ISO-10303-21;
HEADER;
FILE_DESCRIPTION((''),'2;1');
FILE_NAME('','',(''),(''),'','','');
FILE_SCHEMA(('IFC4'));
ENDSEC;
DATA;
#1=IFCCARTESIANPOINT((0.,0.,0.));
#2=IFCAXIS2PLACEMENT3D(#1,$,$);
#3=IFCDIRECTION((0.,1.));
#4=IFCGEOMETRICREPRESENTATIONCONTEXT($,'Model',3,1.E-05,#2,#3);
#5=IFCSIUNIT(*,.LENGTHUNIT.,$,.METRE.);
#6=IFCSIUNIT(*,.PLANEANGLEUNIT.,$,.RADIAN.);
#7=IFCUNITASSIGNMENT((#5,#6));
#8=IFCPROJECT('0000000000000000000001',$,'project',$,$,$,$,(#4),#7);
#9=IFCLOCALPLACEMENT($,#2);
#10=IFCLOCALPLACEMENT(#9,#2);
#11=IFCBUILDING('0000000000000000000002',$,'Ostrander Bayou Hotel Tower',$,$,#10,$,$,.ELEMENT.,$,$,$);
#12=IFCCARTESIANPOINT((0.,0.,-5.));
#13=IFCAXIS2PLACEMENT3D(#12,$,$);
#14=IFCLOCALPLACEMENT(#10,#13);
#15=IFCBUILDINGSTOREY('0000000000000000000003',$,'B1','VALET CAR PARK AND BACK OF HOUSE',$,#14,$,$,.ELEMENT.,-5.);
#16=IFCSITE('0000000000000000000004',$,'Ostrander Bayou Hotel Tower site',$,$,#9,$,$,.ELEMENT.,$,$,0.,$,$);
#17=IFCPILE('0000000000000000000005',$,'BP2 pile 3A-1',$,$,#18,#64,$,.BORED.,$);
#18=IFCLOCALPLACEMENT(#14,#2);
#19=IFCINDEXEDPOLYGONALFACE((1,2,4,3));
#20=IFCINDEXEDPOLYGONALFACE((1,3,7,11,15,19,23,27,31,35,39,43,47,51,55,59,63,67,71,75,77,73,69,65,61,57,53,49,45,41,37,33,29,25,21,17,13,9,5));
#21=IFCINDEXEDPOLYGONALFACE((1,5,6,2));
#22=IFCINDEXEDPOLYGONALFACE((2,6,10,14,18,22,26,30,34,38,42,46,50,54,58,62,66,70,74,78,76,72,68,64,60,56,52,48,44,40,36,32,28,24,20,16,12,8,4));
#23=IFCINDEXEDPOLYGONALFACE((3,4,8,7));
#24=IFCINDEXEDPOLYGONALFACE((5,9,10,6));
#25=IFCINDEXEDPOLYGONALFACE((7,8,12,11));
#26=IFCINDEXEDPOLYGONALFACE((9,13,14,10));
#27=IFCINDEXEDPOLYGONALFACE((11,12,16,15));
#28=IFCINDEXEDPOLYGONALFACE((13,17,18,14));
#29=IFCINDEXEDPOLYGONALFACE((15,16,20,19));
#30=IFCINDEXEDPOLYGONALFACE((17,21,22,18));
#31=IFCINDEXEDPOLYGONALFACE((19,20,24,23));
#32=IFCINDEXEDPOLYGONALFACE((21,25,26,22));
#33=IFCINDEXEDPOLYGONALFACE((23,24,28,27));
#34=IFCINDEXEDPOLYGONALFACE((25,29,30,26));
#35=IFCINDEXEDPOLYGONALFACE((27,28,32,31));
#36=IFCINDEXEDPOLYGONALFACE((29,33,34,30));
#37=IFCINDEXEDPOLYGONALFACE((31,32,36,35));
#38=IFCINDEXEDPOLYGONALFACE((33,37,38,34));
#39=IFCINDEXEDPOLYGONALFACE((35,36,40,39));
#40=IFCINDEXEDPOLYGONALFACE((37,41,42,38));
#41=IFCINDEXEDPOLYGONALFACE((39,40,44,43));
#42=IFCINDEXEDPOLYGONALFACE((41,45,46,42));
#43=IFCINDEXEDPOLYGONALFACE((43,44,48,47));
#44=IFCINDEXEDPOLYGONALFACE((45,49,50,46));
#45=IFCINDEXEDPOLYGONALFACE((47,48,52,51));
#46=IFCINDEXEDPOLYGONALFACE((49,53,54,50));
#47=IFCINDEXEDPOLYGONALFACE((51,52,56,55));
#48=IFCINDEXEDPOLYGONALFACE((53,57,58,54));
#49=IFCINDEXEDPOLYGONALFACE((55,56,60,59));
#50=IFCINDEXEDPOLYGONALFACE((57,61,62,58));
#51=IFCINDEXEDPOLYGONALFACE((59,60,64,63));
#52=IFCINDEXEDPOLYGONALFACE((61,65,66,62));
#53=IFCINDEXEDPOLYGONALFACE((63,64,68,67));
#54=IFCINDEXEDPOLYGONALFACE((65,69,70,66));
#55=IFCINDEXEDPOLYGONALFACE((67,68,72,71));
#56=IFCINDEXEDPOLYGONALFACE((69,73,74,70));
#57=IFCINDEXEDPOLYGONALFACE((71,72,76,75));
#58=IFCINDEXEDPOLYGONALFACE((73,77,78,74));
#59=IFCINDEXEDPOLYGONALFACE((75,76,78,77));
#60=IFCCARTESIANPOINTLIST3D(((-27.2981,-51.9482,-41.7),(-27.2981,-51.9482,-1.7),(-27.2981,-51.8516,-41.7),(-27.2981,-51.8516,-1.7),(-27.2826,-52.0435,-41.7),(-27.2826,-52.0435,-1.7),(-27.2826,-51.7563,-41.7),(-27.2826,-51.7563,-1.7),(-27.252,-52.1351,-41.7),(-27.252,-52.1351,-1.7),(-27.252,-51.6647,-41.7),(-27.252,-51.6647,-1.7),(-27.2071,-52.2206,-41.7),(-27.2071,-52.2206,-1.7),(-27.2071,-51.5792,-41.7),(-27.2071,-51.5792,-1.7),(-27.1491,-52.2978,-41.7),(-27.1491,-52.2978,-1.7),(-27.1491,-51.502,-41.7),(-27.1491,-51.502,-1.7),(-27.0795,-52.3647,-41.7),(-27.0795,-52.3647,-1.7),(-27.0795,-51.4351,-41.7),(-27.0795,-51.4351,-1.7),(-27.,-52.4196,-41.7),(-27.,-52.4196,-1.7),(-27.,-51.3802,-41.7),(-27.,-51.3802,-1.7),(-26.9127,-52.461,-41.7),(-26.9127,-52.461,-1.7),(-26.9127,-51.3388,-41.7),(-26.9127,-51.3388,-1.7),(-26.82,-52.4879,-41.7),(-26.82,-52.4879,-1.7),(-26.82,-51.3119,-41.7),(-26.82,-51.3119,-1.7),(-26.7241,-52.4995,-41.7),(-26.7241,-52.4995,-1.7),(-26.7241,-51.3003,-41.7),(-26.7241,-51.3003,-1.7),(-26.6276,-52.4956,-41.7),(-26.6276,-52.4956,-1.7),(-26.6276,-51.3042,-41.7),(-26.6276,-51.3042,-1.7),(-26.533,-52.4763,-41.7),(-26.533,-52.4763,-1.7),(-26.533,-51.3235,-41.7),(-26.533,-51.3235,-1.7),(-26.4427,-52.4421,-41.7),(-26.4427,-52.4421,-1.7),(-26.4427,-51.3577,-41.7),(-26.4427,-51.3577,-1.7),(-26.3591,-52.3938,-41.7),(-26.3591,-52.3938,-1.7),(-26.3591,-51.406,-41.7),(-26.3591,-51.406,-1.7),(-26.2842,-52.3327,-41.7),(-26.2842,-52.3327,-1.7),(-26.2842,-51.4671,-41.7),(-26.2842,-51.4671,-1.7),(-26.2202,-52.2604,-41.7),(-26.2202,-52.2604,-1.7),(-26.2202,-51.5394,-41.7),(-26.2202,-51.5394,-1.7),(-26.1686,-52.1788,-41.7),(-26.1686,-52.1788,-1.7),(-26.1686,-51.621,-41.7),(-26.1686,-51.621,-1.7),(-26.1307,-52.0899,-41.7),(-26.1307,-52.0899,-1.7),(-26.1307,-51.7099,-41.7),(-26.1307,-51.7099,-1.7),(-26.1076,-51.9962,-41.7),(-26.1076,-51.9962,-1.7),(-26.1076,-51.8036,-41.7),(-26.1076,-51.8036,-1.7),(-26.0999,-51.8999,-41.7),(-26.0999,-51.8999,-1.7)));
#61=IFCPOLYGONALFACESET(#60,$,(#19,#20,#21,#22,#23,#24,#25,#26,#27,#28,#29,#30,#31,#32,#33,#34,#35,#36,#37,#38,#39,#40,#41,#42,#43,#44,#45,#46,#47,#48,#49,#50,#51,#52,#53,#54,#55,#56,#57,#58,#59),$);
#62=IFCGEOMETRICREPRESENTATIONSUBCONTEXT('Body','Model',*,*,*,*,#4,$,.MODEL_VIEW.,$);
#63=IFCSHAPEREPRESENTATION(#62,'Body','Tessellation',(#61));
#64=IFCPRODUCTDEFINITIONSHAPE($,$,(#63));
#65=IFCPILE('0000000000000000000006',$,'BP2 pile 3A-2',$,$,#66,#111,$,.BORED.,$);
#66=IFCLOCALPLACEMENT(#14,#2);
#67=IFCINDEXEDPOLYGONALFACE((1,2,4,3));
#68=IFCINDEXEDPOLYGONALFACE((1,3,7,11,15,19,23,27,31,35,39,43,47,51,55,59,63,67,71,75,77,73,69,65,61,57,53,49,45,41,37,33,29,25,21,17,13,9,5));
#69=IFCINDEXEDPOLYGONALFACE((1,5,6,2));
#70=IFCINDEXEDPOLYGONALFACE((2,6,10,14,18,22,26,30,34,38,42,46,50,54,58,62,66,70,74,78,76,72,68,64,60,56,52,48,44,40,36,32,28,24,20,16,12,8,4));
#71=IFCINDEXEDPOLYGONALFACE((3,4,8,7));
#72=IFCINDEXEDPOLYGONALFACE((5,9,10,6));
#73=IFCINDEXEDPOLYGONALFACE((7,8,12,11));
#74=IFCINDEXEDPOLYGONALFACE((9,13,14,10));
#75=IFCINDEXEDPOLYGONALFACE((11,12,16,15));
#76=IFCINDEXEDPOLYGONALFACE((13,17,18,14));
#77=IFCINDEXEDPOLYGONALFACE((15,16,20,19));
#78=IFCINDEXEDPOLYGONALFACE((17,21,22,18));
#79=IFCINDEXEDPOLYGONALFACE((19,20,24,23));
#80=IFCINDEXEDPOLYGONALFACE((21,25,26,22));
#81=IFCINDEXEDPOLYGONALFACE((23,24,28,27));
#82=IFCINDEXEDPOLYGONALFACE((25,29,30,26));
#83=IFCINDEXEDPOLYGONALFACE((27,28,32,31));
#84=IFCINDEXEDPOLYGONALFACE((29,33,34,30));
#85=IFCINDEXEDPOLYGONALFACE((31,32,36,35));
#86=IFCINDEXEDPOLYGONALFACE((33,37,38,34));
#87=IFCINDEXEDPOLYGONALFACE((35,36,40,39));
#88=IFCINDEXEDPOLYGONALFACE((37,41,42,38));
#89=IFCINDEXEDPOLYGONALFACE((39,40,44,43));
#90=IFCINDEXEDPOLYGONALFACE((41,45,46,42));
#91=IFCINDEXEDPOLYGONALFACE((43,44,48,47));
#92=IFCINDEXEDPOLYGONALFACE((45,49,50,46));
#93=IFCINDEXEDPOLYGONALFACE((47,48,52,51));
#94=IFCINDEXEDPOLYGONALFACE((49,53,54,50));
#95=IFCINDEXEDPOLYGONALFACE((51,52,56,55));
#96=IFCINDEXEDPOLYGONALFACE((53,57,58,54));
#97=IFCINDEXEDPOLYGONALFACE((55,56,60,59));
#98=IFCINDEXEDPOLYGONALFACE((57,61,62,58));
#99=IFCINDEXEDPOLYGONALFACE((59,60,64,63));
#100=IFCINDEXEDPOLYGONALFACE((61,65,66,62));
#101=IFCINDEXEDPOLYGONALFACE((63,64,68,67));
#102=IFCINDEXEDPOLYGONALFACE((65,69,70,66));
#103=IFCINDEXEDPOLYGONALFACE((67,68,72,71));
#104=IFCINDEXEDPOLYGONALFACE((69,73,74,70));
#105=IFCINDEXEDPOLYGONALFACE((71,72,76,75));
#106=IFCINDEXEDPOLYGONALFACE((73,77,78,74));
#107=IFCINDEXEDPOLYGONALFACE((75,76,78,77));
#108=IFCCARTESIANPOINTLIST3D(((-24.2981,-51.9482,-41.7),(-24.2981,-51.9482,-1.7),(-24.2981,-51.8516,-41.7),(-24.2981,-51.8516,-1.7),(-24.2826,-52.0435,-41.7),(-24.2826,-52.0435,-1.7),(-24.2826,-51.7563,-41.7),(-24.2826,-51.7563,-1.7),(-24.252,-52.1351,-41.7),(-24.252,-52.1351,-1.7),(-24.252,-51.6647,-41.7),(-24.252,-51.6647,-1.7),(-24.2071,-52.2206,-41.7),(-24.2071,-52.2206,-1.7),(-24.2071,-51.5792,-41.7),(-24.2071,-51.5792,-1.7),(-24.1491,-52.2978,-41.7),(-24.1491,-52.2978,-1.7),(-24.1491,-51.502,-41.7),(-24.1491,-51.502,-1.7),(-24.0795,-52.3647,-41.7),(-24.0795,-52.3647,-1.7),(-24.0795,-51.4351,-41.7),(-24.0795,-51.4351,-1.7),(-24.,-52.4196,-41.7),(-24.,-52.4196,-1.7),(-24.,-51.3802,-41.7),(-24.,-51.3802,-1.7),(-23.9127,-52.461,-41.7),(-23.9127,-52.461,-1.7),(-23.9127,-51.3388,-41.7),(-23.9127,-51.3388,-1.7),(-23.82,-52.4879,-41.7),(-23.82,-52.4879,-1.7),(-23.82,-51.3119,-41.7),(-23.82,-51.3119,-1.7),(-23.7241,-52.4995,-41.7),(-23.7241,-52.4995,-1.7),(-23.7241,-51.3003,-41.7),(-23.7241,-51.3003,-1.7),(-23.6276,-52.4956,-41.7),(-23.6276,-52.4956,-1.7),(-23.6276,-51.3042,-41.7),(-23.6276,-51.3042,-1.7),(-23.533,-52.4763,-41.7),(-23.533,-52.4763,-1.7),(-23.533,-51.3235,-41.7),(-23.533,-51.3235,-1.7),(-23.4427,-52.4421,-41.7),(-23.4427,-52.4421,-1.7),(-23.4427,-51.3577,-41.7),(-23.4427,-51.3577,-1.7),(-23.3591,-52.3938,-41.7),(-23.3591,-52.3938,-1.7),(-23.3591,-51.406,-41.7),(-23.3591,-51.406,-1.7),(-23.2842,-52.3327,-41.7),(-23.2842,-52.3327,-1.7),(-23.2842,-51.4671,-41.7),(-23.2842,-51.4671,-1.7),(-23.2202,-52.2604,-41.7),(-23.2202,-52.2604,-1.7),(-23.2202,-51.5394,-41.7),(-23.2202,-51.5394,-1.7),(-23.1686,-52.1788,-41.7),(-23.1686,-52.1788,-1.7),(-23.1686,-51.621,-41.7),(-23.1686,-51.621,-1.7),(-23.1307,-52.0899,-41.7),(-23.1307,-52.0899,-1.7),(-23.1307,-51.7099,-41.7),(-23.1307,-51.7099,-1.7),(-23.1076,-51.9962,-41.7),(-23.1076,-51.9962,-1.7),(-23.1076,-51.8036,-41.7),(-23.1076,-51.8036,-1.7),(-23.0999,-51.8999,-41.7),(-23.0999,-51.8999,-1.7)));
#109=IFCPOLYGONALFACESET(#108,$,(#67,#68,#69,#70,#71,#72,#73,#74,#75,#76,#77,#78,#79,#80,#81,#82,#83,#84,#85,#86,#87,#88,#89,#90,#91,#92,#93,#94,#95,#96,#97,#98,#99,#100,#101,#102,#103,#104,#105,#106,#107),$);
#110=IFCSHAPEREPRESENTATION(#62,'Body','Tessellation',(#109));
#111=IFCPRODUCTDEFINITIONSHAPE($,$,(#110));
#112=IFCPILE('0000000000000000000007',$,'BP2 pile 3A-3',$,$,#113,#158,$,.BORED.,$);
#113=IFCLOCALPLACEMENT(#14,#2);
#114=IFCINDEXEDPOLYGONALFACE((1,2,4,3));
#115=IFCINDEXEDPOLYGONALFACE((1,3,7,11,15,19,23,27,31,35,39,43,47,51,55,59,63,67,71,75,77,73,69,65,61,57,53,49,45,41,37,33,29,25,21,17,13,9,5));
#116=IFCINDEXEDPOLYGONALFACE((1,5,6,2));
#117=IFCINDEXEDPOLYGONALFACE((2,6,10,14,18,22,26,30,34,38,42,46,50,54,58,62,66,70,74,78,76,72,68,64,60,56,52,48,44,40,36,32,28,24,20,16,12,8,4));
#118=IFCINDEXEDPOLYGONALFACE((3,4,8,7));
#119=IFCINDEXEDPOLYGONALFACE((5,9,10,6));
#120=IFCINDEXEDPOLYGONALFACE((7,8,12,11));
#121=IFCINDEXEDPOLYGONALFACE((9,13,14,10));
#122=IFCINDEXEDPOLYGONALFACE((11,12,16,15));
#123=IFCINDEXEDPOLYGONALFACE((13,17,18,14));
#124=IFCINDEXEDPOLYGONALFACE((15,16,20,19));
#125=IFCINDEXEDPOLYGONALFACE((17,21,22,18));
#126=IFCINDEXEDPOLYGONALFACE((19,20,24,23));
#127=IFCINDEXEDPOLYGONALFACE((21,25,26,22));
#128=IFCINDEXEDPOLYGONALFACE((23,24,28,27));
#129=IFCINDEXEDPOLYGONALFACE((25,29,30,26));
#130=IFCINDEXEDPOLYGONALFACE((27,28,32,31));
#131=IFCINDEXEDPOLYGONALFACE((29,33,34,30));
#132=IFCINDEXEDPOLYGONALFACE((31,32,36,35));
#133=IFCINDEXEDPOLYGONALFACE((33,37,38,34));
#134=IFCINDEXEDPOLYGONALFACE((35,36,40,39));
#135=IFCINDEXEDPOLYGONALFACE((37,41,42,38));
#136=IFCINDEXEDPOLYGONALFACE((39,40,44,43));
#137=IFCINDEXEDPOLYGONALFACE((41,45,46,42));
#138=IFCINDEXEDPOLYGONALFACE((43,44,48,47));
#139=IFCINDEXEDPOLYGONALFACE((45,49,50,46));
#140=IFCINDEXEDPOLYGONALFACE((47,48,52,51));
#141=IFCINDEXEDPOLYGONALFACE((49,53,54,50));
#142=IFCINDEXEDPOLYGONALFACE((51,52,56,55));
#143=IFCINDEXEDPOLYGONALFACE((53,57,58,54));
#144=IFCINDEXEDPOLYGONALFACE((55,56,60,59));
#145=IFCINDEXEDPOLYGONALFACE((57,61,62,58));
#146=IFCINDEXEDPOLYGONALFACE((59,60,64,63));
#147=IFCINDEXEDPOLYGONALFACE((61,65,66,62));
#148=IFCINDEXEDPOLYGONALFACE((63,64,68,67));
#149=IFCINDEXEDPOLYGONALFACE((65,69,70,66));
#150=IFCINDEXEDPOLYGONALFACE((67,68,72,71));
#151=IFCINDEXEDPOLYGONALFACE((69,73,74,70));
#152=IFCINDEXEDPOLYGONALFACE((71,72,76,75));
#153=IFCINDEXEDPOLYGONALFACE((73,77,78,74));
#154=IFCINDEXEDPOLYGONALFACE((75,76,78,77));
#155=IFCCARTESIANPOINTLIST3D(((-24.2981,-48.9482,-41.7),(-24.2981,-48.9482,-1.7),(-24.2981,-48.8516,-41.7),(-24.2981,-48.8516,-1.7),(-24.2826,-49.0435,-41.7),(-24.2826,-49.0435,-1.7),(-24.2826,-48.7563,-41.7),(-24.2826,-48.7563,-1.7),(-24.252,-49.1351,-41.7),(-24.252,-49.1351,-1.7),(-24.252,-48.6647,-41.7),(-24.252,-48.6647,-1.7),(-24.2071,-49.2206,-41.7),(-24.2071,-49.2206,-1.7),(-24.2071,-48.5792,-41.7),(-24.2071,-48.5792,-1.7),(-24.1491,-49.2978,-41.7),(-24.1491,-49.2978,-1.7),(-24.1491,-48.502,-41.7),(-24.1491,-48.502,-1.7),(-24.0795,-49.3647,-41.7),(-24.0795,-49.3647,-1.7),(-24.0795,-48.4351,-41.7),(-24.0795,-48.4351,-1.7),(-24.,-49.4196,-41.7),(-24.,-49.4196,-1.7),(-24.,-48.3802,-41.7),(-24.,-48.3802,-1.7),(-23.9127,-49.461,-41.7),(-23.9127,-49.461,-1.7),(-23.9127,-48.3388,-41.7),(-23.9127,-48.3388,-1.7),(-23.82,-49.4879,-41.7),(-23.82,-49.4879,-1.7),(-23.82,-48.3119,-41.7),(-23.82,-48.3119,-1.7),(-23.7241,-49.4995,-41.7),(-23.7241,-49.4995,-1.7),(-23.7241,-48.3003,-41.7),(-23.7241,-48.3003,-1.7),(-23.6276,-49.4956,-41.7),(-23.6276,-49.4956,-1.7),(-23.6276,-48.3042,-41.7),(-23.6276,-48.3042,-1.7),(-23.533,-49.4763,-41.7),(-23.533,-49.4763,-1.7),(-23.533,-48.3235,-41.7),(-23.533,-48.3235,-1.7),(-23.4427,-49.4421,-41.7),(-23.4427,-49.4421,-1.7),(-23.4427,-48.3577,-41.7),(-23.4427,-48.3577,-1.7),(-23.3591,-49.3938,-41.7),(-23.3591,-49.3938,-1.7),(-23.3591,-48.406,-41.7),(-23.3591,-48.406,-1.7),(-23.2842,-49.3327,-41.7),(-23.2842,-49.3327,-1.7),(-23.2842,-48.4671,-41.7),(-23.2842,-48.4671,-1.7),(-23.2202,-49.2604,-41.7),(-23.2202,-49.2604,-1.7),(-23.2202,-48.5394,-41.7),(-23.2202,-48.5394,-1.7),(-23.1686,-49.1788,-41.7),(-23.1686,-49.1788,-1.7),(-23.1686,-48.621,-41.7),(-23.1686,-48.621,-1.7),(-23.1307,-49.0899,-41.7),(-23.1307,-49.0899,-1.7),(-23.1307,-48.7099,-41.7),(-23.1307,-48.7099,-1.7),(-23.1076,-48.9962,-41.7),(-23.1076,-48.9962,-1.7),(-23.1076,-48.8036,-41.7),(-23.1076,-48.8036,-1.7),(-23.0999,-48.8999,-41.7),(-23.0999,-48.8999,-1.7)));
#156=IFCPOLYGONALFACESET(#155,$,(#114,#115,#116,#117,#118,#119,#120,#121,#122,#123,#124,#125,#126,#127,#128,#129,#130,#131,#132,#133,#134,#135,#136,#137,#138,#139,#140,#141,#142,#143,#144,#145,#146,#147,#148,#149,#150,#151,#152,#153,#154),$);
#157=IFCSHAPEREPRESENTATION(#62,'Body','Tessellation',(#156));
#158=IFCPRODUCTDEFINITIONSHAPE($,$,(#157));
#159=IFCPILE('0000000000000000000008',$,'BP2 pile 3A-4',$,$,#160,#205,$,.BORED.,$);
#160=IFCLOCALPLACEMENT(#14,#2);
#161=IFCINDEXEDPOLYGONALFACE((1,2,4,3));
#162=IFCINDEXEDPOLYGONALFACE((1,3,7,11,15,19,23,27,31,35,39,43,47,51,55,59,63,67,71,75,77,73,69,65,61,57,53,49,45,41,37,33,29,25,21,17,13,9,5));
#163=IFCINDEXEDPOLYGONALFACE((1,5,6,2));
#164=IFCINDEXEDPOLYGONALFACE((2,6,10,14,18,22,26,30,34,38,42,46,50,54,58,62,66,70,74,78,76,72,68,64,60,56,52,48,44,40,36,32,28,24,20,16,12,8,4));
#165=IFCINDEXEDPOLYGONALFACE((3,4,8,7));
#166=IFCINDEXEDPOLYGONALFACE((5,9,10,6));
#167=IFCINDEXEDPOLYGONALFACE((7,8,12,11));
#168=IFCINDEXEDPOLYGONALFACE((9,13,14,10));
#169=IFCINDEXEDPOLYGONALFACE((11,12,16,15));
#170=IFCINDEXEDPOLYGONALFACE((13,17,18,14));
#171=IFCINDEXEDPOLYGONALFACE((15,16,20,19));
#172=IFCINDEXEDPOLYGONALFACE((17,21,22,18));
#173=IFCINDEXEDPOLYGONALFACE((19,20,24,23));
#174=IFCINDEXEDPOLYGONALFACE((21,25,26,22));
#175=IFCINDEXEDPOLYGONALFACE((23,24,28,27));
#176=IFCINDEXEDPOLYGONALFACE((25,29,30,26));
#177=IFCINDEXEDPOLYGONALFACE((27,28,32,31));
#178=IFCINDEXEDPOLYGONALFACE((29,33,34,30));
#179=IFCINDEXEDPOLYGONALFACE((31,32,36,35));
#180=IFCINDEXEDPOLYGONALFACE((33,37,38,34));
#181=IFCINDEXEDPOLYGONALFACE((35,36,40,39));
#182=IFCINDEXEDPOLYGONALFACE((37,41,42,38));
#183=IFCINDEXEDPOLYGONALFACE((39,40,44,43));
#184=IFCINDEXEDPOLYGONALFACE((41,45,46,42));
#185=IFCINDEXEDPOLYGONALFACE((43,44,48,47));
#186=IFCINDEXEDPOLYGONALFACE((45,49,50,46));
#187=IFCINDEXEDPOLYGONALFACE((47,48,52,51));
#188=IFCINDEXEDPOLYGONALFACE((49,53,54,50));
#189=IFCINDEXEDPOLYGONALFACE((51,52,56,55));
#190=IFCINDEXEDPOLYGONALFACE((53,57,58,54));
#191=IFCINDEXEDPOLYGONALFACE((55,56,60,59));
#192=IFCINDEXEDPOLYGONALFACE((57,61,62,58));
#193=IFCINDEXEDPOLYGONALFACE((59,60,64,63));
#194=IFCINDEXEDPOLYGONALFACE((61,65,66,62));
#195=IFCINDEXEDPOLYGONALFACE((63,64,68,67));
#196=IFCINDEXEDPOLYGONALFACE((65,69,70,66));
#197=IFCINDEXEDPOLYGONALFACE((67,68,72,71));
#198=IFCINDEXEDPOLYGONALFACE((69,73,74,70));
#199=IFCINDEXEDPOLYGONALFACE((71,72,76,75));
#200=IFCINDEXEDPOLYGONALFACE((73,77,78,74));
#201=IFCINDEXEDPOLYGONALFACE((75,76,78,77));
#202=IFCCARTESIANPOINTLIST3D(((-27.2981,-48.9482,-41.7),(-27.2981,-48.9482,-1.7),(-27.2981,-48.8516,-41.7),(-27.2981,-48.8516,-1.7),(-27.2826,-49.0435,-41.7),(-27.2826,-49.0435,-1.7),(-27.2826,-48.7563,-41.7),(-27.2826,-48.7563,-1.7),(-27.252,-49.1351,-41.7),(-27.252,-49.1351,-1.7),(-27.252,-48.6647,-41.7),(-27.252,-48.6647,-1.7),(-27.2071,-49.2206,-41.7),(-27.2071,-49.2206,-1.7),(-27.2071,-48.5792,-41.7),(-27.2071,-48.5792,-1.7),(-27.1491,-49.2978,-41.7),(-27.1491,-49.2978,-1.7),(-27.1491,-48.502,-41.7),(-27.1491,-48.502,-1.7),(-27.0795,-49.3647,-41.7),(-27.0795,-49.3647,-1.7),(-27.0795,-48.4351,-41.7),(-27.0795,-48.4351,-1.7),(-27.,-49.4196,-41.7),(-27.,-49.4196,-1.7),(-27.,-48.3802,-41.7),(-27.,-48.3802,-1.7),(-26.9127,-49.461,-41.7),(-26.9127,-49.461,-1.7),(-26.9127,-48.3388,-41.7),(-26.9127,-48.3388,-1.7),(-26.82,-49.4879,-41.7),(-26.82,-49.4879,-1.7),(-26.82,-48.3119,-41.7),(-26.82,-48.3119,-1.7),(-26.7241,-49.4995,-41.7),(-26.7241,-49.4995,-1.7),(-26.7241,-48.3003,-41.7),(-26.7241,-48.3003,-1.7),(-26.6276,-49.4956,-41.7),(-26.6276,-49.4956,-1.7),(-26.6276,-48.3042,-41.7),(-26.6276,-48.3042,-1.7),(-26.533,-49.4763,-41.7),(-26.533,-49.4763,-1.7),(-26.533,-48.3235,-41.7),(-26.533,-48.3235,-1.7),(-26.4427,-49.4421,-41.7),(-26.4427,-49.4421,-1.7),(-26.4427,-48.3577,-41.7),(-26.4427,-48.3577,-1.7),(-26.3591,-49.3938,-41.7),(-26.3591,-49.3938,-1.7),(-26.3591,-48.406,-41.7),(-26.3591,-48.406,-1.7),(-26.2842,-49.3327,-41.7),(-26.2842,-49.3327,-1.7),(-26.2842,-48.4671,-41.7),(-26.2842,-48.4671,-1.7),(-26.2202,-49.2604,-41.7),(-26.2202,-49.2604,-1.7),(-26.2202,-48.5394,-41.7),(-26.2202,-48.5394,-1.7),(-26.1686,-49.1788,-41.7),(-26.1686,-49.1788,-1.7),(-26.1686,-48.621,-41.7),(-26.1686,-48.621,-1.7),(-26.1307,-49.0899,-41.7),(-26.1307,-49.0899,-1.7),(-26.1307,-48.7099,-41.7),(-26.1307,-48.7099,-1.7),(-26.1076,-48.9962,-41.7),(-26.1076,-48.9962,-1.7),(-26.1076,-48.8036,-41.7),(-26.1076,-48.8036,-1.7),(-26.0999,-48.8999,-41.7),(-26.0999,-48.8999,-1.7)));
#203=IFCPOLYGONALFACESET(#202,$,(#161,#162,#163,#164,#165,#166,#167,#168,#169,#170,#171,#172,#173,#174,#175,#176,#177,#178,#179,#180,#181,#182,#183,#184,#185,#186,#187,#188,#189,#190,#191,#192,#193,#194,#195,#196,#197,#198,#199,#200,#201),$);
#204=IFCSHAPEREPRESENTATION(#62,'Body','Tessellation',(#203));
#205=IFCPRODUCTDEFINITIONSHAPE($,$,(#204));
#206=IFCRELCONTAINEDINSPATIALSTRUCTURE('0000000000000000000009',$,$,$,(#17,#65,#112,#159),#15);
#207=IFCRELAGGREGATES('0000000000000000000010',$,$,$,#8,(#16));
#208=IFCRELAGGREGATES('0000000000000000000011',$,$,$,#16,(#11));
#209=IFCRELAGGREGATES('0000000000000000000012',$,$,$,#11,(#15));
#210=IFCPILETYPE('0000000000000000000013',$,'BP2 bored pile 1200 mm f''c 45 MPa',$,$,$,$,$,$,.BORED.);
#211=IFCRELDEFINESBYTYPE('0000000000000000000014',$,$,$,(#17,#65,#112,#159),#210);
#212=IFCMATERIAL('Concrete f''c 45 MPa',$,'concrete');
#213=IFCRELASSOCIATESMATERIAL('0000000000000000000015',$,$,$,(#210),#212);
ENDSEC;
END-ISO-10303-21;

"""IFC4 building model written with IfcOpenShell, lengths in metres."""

from ifc_helpers import new_model, si_unit, direction, frame, origin, origin_2d, place, context, subcontext, project, spatial, circle, extrude, material, material_profile, profile_set, type_object, element, save


model = new_model("IFC4")

# Units and contexts
model_context = context("Model", 3, precision=1e-05, world=origin(), true_north=direction((0.0, 1.0)))
body_context = subcontext(model_context, "Body", "Model", "MODEL_VIEW")
ifc_project = project(units=[si_unit("LENGTHUNIT", "METRE"), si_unit("PLANEANGLEUNIT", "RADIAN")], contexts=[model_context])

# Site, building, storey
site_placement = place(None, origin())
site = spatial("IfcSite", under=ifc_project, at=site_placement, Name="Ostrander Bayou Hotel Tower site", CompositionType="ELEMENT", RefElevation=0.0)
building_placement = place(site_placement, origin())
building = spatial("IfcBuilding", under=site, at=building_placement, Name="Ostrander Bayou Hotel Tower", CompositionType="ELEMENT")
storey_placement = place(building_placement, frame((0.0, 0.0, -5.0)))
storey = spatial("IfcBuildingStorey", under=building, at=storey_placement, Name="B1", Description="VALET CAR PARK AND BACK OF HOUSE", CompositionType="ELEMENT", Elevation=-5.0)

# Piles
ifc_material_1 = material(Name="Concrete f'c 45 MPa", Category="concrete")
ifc_material_profile_1 = material_profile(ifc_material_1, circle(Radius=0.6001, at=origin_2d()))
ifc_profile_set_1 = profile_set([ifc_material_profile_1], Name="Concrete f'c 45 MPa")
pile_type = type_object("IfcPileType", Name="BP2 bored pile 1200 mm f'c 45 MPa", PredefinedType="BORED", material=ifc_profile_set_1)
for number, where, z_axis, x_axis, name in (
    (1, (-26.7, -51.8999, -1.7), (0.0, 0.0, -1.0), (1.0, 0.0, 0.0), "BP2 pile 3A-1"),
    (2, (-23.7, -51.8999, -1.7), (0.0, 0.0, -1.0), (1.0, 0.0, 0.0), "BP2 pile 3A-2"),
    (3, (-23.7, -48.8999, -1.7), (0.0, 0.0, -1.0), (1.0, 0.0, 0.0), "BP2 pile 3A-3"),
    (4, (-26.7, -48.8999, -1.7), (0.0, 0.0, -1.0), (1.0, 0.0, 0.0), "BP2 pile 3A-4"),
):
    element("IfcPile", number, at=place(storey_placement, frame(where, z_axis=z_axis, x_axis=x_axis)), inside=storey, type_object=pile_type, Name=name, PredefinedType="BORED", context=body_context, shape_type="SweptSolid", body=[
        extrude(circle(Radius=0.6001, at=origin_2d()), origin(), (0.0, 0.0, 1.0), 40.0),
    ])

save(model, "model.ifc")
